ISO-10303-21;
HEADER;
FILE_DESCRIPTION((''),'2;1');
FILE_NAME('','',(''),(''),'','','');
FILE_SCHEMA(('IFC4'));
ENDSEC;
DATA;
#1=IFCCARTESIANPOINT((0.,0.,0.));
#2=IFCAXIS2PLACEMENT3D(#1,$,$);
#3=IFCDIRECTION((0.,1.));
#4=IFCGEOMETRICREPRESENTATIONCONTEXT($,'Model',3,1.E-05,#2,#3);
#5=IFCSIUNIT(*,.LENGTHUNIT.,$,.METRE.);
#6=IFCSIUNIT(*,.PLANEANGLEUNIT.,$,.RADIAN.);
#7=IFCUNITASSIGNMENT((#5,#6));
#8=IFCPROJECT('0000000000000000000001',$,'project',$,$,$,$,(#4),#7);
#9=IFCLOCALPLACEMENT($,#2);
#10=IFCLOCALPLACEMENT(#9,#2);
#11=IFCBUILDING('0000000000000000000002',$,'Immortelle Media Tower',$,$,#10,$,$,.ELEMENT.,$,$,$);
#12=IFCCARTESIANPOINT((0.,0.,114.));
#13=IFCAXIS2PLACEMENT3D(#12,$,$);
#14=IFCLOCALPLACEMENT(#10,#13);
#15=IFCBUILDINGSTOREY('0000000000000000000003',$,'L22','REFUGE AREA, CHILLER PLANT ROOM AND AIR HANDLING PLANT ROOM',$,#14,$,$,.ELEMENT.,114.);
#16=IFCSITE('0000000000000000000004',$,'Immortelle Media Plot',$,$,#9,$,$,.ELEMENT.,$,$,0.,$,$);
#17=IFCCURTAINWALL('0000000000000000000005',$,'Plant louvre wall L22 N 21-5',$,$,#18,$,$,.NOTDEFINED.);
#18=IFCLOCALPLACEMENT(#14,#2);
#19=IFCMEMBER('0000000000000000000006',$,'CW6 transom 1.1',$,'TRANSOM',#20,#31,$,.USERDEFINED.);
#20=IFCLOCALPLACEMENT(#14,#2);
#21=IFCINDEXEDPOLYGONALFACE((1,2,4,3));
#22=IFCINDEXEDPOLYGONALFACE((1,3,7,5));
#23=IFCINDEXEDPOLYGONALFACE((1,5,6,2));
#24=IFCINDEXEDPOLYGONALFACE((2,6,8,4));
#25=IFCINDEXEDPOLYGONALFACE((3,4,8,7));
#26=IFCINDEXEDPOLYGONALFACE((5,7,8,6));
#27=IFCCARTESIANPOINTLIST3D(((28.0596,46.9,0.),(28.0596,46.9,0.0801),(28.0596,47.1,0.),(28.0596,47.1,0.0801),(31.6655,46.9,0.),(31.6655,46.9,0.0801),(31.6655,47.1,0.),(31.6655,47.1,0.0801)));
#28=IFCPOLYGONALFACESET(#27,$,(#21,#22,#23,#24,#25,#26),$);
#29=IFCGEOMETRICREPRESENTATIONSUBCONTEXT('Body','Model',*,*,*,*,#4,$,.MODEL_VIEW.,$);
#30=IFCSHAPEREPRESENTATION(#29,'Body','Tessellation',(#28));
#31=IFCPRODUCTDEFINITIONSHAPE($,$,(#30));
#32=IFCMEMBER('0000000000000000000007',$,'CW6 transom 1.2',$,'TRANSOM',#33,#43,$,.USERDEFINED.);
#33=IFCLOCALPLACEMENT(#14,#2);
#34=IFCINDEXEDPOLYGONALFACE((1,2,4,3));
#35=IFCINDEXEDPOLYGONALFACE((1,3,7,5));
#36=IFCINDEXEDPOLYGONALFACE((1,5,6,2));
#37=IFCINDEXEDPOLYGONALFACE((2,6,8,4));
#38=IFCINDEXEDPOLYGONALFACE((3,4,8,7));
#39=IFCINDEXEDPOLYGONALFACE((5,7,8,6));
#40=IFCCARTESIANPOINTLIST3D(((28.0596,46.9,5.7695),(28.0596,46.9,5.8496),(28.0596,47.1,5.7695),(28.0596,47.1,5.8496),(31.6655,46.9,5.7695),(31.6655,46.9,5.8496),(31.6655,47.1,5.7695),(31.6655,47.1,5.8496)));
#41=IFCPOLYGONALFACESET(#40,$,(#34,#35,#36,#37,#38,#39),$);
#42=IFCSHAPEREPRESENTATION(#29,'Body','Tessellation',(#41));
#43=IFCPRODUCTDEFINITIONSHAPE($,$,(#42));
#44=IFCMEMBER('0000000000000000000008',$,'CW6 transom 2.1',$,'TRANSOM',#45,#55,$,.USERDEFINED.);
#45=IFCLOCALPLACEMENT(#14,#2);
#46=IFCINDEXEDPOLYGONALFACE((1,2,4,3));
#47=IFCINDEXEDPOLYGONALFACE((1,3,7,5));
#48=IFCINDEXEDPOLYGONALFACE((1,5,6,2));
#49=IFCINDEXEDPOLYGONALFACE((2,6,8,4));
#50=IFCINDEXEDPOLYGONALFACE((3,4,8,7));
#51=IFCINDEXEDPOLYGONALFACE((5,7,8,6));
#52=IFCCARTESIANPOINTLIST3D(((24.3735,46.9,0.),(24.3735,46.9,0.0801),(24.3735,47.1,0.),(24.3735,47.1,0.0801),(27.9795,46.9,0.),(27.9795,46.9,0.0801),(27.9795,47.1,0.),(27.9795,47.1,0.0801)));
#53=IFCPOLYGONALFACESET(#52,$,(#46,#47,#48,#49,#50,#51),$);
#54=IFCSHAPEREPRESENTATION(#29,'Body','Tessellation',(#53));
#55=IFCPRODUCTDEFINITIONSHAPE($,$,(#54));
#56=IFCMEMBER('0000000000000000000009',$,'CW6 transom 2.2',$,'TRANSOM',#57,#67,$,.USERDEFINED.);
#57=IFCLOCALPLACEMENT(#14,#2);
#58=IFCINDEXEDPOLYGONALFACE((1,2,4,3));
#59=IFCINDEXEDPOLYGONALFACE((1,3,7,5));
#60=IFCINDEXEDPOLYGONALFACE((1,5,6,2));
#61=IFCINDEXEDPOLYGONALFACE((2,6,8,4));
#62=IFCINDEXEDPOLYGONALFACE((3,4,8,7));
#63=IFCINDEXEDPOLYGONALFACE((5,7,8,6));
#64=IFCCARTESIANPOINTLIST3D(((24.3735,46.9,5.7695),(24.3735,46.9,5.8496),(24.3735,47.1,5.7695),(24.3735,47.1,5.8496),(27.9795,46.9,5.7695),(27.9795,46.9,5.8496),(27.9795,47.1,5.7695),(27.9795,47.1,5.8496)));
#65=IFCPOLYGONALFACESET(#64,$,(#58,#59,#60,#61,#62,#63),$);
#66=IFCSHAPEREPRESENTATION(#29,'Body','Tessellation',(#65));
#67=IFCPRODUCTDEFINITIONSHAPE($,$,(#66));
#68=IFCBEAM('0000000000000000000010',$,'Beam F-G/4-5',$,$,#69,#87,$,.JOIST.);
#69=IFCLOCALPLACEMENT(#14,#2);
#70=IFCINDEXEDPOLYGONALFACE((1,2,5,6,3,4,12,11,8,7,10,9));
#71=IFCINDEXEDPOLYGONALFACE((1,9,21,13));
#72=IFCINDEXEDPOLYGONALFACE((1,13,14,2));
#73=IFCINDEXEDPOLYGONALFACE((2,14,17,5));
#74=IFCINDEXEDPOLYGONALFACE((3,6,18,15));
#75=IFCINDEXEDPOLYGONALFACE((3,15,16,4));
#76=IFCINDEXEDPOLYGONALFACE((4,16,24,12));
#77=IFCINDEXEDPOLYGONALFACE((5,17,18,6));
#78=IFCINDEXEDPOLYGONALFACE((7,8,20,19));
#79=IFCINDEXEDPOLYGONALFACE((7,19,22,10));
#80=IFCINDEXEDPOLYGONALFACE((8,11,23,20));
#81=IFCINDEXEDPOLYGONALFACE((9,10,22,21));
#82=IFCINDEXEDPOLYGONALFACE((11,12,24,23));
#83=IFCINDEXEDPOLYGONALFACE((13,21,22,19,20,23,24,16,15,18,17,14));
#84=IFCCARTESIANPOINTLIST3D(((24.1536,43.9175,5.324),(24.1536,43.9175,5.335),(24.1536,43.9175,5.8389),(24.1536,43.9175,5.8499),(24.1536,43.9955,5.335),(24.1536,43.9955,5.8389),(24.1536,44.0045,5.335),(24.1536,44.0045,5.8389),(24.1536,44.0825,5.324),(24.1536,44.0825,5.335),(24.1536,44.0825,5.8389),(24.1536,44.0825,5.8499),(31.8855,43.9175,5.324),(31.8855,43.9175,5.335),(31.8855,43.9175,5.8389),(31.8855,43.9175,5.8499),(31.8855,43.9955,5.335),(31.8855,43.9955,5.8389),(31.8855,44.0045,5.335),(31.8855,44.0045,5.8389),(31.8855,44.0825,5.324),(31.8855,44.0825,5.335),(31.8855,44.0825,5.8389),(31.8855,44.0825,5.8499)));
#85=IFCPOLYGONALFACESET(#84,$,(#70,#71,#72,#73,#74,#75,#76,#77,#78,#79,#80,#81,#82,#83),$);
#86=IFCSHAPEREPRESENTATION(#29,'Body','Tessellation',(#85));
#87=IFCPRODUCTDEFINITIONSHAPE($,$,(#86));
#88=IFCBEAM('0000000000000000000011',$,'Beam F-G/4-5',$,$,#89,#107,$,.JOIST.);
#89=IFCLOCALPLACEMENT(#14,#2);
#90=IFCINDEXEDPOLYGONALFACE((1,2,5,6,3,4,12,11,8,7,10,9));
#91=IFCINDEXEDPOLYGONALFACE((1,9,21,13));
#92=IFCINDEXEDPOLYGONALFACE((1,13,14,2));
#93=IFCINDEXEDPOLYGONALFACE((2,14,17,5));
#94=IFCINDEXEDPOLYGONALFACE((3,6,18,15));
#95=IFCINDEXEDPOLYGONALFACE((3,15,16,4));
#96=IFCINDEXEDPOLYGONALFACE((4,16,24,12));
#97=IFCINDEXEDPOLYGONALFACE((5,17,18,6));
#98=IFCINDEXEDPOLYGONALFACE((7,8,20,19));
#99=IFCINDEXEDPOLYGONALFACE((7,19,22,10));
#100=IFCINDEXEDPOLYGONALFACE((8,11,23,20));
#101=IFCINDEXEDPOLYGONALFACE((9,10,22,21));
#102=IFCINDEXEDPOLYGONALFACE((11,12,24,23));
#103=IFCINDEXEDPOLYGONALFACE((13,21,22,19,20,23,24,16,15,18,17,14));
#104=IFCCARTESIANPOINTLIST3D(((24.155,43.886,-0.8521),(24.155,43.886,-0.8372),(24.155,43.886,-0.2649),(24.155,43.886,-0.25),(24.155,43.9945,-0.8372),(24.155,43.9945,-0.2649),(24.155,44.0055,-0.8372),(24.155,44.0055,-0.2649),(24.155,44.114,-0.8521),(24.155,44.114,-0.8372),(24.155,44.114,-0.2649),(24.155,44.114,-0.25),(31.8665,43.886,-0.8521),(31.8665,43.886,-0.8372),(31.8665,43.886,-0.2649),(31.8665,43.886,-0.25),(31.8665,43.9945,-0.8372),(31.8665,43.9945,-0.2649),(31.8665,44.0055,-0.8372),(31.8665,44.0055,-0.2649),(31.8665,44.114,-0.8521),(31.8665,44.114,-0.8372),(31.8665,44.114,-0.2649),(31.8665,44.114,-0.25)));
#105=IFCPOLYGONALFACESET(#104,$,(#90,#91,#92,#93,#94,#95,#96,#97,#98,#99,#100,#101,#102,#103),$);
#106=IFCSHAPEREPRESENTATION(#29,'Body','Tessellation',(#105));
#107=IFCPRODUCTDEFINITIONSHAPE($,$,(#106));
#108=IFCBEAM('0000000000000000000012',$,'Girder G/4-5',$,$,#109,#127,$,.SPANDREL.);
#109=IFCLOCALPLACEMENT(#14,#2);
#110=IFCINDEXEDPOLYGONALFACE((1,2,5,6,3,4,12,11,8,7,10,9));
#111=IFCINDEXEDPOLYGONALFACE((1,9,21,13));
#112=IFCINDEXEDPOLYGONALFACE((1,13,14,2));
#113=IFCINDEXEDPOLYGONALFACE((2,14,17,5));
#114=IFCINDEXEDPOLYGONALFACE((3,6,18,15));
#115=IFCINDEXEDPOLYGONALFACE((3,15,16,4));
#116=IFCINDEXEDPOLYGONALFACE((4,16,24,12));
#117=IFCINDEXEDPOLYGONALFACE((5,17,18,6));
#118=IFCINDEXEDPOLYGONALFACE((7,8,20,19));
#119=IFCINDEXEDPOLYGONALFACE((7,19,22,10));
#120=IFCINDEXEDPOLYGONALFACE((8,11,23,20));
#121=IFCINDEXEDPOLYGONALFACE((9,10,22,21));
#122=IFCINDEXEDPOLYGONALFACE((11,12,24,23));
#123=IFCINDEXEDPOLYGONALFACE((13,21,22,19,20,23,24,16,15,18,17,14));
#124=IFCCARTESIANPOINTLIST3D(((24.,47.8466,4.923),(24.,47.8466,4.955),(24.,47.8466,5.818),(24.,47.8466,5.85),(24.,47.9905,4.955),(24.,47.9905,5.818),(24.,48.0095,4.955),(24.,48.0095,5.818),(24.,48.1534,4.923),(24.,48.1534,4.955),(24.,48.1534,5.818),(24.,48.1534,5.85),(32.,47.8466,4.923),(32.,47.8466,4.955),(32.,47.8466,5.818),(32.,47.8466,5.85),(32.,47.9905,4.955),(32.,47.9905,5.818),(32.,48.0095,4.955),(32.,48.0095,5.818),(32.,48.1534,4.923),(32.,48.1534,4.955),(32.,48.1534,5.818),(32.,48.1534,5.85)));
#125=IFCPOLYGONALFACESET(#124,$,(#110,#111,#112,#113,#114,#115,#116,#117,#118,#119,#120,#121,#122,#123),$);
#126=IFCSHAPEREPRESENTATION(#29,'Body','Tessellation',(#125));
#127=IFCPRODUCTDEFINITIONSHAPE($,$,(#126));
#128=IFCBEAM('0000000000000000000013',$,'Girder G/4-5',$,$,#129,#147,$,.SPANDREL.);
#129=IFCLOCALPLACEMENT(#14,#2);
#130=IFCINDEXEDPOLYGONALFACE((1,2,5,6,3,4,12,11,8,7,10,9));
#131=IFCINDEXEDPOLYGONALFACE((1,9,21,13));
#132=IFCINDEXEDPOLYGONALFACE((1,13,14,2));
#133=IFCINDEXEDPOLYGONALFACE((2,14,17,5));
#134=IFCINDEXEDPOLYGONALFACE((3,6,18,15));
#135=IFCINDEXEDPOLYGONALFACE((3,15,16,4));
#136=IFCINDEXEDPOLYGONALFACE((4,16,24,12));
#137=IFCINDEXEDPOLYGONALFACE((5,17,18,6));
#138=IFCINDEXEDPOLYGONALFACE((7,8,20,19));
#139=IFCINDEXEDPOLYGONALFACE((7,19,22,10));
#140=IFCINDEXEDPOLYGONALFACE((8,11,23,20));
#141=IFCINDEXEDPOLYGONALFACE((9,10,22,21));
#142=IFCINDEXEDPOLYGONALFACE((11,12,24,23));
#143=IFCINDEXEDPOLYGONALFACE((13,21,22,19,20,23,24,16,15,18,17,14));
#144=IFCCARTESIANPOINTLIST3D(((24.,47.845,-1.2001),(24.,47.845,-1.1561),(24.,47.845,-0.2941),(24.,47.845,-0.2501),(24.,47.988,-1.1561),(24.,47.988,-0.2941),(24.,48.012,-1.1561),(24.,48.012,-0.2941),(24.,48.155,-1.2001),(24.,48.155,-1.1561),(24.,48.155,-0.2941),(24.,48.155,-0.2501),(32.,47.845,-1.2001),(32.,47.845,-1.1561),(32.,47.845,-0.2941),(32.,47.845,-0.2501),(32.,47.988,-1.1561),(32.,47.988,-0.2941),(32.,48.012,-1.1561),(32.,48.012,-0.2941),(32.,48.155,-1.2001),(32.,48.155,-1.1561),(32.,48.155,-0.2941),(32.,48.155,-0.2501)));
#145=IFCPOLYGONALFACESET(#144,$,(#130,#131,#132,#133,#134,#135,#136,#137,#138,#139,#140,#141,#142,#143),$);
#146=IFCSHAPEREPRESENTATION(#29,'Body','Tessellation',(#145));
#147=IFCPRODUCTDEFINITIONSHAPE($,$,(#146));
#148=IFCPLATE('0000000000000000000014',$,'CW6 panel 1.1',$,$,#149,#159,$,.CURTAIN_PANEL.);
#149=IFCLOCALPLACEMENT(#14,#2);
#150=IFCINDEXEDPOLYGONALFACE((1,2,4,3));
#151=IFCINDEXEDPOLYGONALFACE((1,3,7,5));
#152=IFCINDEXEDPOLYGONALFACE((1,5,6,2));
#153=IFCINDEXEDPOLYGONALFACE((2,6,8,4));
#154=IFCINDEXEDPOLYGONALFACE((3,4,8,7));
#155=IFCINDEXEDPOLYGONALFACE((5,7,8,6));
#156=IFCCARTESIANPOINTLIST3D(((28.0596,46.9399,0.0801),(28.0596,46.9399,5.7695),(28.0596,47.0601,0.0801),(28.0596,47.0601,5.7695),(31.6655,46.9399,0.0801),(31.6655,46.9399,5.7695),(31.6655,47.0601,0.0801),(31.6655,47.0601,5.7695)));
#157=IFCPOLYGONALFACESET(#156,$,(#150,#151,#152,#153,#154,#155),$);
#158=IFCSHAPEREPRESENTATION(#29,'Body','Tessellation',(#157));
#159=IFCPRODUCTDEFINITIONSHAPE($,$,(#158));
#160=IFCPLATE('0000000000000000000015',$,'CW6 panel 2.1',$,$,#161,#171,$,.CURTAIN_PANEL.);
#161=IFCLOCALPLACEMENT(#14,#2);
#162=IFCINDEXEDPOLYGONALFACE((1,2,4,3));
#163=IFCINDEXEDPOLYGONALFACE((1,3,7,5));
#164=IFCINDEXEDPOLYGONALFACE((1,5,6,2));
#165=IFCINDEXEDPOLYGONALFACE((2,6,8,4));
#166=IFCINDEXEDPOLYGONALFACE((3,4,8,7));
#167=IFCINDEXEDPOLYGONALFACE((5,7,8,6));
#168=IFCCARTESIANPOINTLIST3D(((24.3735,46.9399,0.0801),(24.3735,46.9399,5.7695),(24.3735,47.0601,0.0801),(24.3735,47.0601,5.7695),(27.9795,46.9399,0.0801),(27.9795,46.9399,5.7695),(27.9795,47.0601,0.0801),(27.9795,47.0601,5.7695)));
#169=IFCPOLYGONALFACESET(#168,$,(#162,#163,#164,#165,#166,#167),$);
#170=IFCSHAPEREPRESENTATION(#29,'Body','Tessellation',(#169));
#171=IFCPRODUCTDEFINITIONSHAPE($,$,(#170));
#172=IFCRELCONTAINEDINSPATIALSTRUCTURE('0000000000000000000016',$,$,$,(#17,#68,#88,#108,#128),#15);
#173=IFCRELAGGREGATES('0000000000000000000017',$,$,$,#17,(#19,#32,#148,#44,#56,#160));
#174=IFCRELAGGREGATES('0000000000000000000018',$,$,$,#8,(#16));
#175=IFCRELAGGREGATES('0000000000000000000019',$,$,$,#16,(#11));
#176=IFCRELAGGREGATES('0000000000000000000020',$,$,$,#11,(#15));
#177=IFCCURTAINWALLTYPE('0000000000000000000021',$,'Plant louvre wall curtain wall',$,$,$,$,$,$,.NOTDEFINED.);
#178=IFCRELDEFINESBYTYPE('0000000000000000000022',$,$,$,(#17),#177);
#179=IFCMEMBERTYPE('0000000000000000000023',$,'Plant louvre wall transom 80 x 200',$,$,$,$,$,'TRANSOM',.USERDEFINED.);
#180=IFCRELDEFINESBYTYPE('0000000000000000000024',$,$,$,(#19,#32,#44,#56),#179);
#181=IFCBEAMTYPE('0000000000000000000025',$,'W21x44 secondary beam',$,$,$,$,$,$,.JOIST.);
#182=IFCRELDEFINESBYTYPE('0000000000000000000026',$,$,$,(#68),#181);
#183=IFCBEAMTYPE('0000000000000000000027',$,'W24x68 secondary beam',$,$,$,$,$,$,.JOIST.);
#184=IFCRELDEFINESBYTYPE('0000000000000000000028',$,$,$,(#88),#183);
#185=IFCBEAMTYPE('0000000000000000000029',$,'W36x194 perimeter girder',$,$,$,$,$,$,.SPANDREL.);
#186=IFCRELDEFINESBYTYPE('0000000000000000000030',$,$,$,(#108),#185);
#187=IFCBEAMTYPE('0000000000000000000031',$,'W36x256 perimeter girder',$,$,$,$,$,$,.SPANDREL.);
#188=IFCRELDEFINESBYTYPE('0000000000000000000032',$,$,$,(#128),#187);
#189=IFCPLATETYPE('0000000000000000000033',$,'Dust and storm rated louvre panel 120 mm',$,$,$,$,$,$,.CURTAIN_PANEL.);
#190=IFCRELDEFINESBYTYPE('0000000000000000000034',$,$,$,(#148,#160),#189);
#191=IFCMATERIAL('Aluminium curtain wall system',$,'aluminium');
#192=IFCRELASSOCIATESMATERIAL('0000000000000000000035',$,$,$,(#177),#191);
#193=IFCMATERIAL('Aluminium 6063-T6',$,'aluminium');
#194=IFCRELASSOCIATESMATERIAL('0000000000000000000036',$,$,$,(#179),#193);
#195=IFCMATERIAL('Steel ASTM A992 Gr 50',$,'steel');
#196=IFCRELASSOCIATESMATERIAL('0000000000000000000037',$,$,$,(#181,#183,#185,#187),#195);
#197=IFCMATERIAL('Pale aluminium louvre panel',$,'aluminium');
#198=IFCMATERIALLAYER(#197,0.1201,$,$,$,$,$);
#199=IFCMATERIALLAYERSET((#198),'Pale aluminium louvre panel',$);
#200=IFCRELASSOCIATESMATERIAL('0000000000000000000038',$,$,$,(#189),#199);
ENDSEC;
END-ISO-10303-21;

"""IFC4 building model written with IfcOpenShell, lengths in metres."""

from ifc_helpers import new_model, si_unit, direction, frame, origin, origin_2d, place, context, subcontext, project, spatial, rectangle, i_section, extrude, material, layer, layer_set, material_profile, profile_set, type_object, element, aggregate, save


model = new_model("IFC4")

# Units and contexts
model_context = context("Model", 3, precision=1e-05, world=origin(), true_north=direction((0.0, 1.0)))
body_context = subcontext(model_context, "Body", "Model", "MODEL_VIEW")
ifc_project = project(units=[si_unit("LENGTHUNIT", "METRE"), si_unit("PLANEANGLEUNIT", "RADIAN")], contexts=[model_context])

# Site, building, storey
site_placement = place(None, origin())
site = spatial("IfcSite", under=ifc_project, at=site_placement, Name="Immortelle Media Plot", CompositionType="ELEMENT", RefElevation=0.0)
building_placement = place(site_placement, origin())
building = spatial("IfcBuilding", under=site, at=building_placement, Name="Immortelle Media Tower", CompositionType="ELEMENT")
storey_placement = place(building_placement, frame((0.0, 0.0, 114.0)))
storey = spatial("IfcBuildingStorey", under=building, at=storey_placement, Name="L22", Description="REFUGE AREA, CHILLER PLANT ROOM AND AIR HANDLING PLANT ROOM", CompositionType="ELEMENT", Elevation=114.0)

# Shared definitions
ifc_material_1 = material(Name="Steel ASTM A992 Gr 50", Category="steel")

# Shared definitions
ifc_material_2 = material(Name="Aluminium curtain wall system", Category="aluminium")
curtain_wall_type = type_object("IfcCurtainWallType", Name="Plant louvre wall curtain wall", PredefinedType="NOTDEFINED", material=ifc_material_2)
ifc_material_3 = material(Name="Aluminium 6063-T6", Category="aluminium")

# Curtain wall, members
curtain_wall_1_placement = place(storey_placement, origin())
curtain_wall_1 = element("IfcCurtainWall", 1, at=curtain_wall_1_placement, inside=storey, type_object=curtain_wall_type, Name="Plant louvre wall L22 N 21-5", PredefinedType="NOTDEFINED")
ifc_material_profile_1 = material_profile(ifc_material_3, rectangle(XDim=0.2, YDim=0.0801, at=origin_2d()), Name="AL 80x200")
ifc_profile_set_1 = profile_set([ifc_material_profile_1], Name="Aluminium 6063-T6")
member_type_1 = type_object("IfcMemberType", Name="Plant louvre wall transom 80 x 200", ElementType="TRANSOM", PredefinedType="USERDEFINED", material=ifc_profile_set_1)
member_1_placement = place(storey_placement, frame((31.6655, 47.0, 0.04), z_axis=(-1.0, 0.0, 0.0), x_axis=(0.0, -1.0, 0.0)))
member_1 = element("IfcMember", 2, at=member_1_placement, type_object=member_type_1, Name="CW6 transom 1.1", ObjectType="TRANSOM", PredefinedType="USERDEFINED", context=body_context, shape_type="SweptSolid", body=[
    extrude(rectangle(XDim=0.2, YDim=0.0801, at=origin_2d()), origin(), (0.0, 0.0, 1.0), 3.606),
])
member_2_placement = place(storey_placement, frame((31.6655, 47.0, 5.8096), z_axis=(-1.0, 0.0, 0.0), x_axis=(0.0, -1.0, 0.0)))
member_2 = element("IfcMember", 3, at=member_2_placement, type_object=member_type_1, Name="CW6 transom 1.2", ObjectType="TRANSOM", PredefinedType="USERDEFINED", context=body_context, shape_type="SweptSolid", body=[
    extrude(rectangle(XDim=0.2, YDim=0.0801, at=origin_2d()), origin(), (0.0, 0.0, 1.0), 3.606),
])
member_3_placement = place(storey_placement, frame((27.9795, 47.0, 0.04), z_axis=(-1.0, 0.0, 0.0), x_axis=(0.0, -1.0, 0.0)))
member_3 = element("IfcMember", 4, at=member_3_placement, type_object=member_type_1, Name="CW6 transom 2.1", ObjectType="TRANSOM", PredefinedType="USERDEFINED", context=body_context, shape_type="SweptSolid", body=[
    extrude(rectangle(XDim=0.2, YDim=0.0801, at=origin_2d()), origin(), (0.0, 0.0, 1.0), 3.606),
])
member_4_placement = place(storey_placement, frame((27.9795, 47.0, 5.8096), z_axis=(-1.0, 0.0, 0.0), x_axis=(0.0, -1.0, 0.0)))
member_4 = element("IfcMember", 5, at=member_4_placement, type_object=member_type_1, Name="CW6 transom 2.2", ObjectType="TRANSOM", PredefinedType="USERDEFINED", context=body_context, shape_type="SweptSolid", body=[
    extrude(rectangle(XDim=0.2, YDim=0.0801, at=origin_2d()), origin(), (0.0, 0.0, 1.0), 3.606),
])

# Beams
ifc_material_profile_2 = material_profile(ifc_material_1, i_section(OverallWidth=0.165, OverallDepth=0.5259, WebThickness=0.009, FlangeThickness=0.011, at=origin_2d()), Name="W21x44")
ifc_profile_set_2 = profile_set([ifc_material_profile_2], Name="Steel ASTM A992 Gr 50")
beam_type_1 = type_object("IfcBeamType", Name="W21x44 secondary beam", PredefinedType="JOIST", material=ifc_profile_set_2)
beam_1_placement = place(storey_placement, frame((24.1536, 44.0, 5.5869), z_axis=(1.0, 0.0, 0.0), x_axis=(0.0, 1.0, 0.0)))
element("IfcBeam", 6, at=beam_1_placement, inside=storey, type_object=beam_type_1, Name="Beam F-G/4-5", PredefinedType="JOIST", context=body_context, shape_type="SweptSolid", body=[
    extrude(i_section(OverallWidth=0.165, OverallDepth=0.5259, WebThickness=0.009, FlangeThickness=0.011, at=origin_2d()), origin(), (0.0, 0.0, 1.0), 7.7319),
])
ifc_material_profile_3 = material_profile(ifc_material_1, i_section(OverallWidth=0.228, OverallDepth=0.6021, WebThickness=0.011, FlangeThickness=0.0149, at=origin_2d()), Name="W24x68")
ifc_profile_set_3 = profile_set([ifc_material_profile_3], Name="Steel ASTM A992 Gr 50")
beam_type_2 = type_object("IfcBeamType", Name="W24x68 secondary beam", PredefinedType="JOIST", material=ifc_profile_set_3)
beam_2_placement = place(storey_placement, frame((24.155, 44.0, -0.551), z_axis=(1.0, 0.0, 0.0), x_axis=(0.0, 1.0, 0.0)))
element("IfcBeam", 7, at=beam_2_placement, inside=storey, type_object=beam_type_2, Name="Beam F-G/4-5", PredefinedType="JOIST", context=body_context, shape_type="SweptSolid", body=[
    extrude(i_section(OverallWidth=0.228, OverallDepth=0.6021, WebThickness=0.011, FlangeThickness=0.0149, at=origin_2d()), origin(), (0.0, 0.0, 1.0), 7.7114),
])
ifc_material_profile_4 = material_profile(ifc_material_1, i_section(OverallWidth=0.3069, OverallDepth=0.927, WebThickness=0.019, FlangeThickness=0.032, at=origin_2d()), Name="W36x194")
ifc_profile_set_4 = profile_set([ifc_material_profile_4], Name="Steel ASTM A992 Gr 50")
beam_type_3 = type_object("IfcBeamType", Name="W36x194 perimeter girder", PredefinedType="SPANDREL", material=ifc_profile_set_4)
beam_3_placement = place(storey_placement, frame((24.0, 48.0, 5.3865), z_axis=(1.0, 0.0, 0.0), x_axis=(0.0, 1.0, 0.0)))
element("IfcBeam", 8, at=beam_3_placement, inside=storey, type_object=beam_type_3, Name="Girder G/4-5", PredefinedType="SPANDREL", context=body_context, shape_type="SweptSolid", body=[
    extrude(i_section(OverallWidth=0.3069, OverallDepth=0.927, WebThickness=0.019, FlangeThickness=0.032, at=origin_2d()), origin(), (0.0, 0.0, 1.0), 8.0),
])
ifc_material_profile_5 = material_profile(ifc_material_1, i_section(OverallWidth=0.3101, OverallDepth=0.95, WebThickness=0.0239, FlangeThickness=0.0439, at=origin_2d()), Name="W36x256")
ifc_profile_set_5 = profile_set([ifc_material_profile_5], Name="Steel ASTM A992 Gr 50")
beam_type_4 = type_object("IfcBeamType", Name="W36x256 perimeter girder", PredefinedType="SPANDREL", material=ifc_profile_set_5)
beam_4_placement = place(storey_placement, frame((24.0, 48.0, -0.7251), z_axis=(1.0, 0.0, 0.0), x_axis=(0.0, 1.0, 0.0)))
element("IfcBeam", 9, at=beam_4_placement, inside=storey, type_object=beam_type_4, Name="Girder G/4-5", PredefinedType="SPANDREL", context=body_context, shape_type="SweptSolid", body=[
    extrude(i_section(OverallWidth=0.3101, OverallDepth=0.95, WebThickness=0.0239, FlangeThickness=0.0439, at=origin_2d()), origin(), (0.0, 0.0, 1.0), 8.0),
])

# Plates
ifc_material_4 = material(Name="Pale aluminium louvre panel", Category="aluminium")
ifc_layer_1 = layer(ifc_material_4, 0.1201)
ifc_layer_set_1 = layer_set([ifc_layer_1], Name="Pale aluminium louvre panel")
plate_type = type_object("IfcPlateType", Name="Dust and storm rated louvre panel 120 mm", PredefinedType="CURTAIN_PANEL", material=ifc_layer_set_1)
plate_1_placement = place(storey_placement, frame((29.8625, 47.0, 0.0801), z_axis=(0.0, 0.0, 1.0), x_axis=(-1.0, 0.0, 0.0)))
plate_1 = element("IfcPlate", 10, at=plate_1_placement, type_object=plate_type, Name="CW6 panel 1.1", PredefinedType="CURTAIN_PANEL", context=body_context, shape_type="SweptSolid", body=[
    extrude(rectangle(XDim=3.606, YDim=0.1201, at=origin_2d()), origin(), (0.0, 0.0, 1.0), 5.6895),
])
plate_2_placement = place(storey_placement, frame((26.1765, 47.0, 0.0801), z_axis=(0.0, 0.0, 1.0), x_axis=(-1.0, 0.0, 0.0)))
plate_2 = element("IfcPlate", 11, at=plate_2_placement, type_object=plate_type, Name="CW6 panel 2.1", PredefinedType="CURTAIN_PANEL", context=body_context, shape_type="SweptSolid", body=[
    extrude(rectangle(XDim=3.606, YDim=0.1201, at=origin_2d()), origin(), (0.0, 0.0, 1.0), 5.6895),
])
aggregate(curtain_wall_1, [member_1, member_2, plate_1, member_3, member_4, plate_2])

save(model, "model.ifc")
